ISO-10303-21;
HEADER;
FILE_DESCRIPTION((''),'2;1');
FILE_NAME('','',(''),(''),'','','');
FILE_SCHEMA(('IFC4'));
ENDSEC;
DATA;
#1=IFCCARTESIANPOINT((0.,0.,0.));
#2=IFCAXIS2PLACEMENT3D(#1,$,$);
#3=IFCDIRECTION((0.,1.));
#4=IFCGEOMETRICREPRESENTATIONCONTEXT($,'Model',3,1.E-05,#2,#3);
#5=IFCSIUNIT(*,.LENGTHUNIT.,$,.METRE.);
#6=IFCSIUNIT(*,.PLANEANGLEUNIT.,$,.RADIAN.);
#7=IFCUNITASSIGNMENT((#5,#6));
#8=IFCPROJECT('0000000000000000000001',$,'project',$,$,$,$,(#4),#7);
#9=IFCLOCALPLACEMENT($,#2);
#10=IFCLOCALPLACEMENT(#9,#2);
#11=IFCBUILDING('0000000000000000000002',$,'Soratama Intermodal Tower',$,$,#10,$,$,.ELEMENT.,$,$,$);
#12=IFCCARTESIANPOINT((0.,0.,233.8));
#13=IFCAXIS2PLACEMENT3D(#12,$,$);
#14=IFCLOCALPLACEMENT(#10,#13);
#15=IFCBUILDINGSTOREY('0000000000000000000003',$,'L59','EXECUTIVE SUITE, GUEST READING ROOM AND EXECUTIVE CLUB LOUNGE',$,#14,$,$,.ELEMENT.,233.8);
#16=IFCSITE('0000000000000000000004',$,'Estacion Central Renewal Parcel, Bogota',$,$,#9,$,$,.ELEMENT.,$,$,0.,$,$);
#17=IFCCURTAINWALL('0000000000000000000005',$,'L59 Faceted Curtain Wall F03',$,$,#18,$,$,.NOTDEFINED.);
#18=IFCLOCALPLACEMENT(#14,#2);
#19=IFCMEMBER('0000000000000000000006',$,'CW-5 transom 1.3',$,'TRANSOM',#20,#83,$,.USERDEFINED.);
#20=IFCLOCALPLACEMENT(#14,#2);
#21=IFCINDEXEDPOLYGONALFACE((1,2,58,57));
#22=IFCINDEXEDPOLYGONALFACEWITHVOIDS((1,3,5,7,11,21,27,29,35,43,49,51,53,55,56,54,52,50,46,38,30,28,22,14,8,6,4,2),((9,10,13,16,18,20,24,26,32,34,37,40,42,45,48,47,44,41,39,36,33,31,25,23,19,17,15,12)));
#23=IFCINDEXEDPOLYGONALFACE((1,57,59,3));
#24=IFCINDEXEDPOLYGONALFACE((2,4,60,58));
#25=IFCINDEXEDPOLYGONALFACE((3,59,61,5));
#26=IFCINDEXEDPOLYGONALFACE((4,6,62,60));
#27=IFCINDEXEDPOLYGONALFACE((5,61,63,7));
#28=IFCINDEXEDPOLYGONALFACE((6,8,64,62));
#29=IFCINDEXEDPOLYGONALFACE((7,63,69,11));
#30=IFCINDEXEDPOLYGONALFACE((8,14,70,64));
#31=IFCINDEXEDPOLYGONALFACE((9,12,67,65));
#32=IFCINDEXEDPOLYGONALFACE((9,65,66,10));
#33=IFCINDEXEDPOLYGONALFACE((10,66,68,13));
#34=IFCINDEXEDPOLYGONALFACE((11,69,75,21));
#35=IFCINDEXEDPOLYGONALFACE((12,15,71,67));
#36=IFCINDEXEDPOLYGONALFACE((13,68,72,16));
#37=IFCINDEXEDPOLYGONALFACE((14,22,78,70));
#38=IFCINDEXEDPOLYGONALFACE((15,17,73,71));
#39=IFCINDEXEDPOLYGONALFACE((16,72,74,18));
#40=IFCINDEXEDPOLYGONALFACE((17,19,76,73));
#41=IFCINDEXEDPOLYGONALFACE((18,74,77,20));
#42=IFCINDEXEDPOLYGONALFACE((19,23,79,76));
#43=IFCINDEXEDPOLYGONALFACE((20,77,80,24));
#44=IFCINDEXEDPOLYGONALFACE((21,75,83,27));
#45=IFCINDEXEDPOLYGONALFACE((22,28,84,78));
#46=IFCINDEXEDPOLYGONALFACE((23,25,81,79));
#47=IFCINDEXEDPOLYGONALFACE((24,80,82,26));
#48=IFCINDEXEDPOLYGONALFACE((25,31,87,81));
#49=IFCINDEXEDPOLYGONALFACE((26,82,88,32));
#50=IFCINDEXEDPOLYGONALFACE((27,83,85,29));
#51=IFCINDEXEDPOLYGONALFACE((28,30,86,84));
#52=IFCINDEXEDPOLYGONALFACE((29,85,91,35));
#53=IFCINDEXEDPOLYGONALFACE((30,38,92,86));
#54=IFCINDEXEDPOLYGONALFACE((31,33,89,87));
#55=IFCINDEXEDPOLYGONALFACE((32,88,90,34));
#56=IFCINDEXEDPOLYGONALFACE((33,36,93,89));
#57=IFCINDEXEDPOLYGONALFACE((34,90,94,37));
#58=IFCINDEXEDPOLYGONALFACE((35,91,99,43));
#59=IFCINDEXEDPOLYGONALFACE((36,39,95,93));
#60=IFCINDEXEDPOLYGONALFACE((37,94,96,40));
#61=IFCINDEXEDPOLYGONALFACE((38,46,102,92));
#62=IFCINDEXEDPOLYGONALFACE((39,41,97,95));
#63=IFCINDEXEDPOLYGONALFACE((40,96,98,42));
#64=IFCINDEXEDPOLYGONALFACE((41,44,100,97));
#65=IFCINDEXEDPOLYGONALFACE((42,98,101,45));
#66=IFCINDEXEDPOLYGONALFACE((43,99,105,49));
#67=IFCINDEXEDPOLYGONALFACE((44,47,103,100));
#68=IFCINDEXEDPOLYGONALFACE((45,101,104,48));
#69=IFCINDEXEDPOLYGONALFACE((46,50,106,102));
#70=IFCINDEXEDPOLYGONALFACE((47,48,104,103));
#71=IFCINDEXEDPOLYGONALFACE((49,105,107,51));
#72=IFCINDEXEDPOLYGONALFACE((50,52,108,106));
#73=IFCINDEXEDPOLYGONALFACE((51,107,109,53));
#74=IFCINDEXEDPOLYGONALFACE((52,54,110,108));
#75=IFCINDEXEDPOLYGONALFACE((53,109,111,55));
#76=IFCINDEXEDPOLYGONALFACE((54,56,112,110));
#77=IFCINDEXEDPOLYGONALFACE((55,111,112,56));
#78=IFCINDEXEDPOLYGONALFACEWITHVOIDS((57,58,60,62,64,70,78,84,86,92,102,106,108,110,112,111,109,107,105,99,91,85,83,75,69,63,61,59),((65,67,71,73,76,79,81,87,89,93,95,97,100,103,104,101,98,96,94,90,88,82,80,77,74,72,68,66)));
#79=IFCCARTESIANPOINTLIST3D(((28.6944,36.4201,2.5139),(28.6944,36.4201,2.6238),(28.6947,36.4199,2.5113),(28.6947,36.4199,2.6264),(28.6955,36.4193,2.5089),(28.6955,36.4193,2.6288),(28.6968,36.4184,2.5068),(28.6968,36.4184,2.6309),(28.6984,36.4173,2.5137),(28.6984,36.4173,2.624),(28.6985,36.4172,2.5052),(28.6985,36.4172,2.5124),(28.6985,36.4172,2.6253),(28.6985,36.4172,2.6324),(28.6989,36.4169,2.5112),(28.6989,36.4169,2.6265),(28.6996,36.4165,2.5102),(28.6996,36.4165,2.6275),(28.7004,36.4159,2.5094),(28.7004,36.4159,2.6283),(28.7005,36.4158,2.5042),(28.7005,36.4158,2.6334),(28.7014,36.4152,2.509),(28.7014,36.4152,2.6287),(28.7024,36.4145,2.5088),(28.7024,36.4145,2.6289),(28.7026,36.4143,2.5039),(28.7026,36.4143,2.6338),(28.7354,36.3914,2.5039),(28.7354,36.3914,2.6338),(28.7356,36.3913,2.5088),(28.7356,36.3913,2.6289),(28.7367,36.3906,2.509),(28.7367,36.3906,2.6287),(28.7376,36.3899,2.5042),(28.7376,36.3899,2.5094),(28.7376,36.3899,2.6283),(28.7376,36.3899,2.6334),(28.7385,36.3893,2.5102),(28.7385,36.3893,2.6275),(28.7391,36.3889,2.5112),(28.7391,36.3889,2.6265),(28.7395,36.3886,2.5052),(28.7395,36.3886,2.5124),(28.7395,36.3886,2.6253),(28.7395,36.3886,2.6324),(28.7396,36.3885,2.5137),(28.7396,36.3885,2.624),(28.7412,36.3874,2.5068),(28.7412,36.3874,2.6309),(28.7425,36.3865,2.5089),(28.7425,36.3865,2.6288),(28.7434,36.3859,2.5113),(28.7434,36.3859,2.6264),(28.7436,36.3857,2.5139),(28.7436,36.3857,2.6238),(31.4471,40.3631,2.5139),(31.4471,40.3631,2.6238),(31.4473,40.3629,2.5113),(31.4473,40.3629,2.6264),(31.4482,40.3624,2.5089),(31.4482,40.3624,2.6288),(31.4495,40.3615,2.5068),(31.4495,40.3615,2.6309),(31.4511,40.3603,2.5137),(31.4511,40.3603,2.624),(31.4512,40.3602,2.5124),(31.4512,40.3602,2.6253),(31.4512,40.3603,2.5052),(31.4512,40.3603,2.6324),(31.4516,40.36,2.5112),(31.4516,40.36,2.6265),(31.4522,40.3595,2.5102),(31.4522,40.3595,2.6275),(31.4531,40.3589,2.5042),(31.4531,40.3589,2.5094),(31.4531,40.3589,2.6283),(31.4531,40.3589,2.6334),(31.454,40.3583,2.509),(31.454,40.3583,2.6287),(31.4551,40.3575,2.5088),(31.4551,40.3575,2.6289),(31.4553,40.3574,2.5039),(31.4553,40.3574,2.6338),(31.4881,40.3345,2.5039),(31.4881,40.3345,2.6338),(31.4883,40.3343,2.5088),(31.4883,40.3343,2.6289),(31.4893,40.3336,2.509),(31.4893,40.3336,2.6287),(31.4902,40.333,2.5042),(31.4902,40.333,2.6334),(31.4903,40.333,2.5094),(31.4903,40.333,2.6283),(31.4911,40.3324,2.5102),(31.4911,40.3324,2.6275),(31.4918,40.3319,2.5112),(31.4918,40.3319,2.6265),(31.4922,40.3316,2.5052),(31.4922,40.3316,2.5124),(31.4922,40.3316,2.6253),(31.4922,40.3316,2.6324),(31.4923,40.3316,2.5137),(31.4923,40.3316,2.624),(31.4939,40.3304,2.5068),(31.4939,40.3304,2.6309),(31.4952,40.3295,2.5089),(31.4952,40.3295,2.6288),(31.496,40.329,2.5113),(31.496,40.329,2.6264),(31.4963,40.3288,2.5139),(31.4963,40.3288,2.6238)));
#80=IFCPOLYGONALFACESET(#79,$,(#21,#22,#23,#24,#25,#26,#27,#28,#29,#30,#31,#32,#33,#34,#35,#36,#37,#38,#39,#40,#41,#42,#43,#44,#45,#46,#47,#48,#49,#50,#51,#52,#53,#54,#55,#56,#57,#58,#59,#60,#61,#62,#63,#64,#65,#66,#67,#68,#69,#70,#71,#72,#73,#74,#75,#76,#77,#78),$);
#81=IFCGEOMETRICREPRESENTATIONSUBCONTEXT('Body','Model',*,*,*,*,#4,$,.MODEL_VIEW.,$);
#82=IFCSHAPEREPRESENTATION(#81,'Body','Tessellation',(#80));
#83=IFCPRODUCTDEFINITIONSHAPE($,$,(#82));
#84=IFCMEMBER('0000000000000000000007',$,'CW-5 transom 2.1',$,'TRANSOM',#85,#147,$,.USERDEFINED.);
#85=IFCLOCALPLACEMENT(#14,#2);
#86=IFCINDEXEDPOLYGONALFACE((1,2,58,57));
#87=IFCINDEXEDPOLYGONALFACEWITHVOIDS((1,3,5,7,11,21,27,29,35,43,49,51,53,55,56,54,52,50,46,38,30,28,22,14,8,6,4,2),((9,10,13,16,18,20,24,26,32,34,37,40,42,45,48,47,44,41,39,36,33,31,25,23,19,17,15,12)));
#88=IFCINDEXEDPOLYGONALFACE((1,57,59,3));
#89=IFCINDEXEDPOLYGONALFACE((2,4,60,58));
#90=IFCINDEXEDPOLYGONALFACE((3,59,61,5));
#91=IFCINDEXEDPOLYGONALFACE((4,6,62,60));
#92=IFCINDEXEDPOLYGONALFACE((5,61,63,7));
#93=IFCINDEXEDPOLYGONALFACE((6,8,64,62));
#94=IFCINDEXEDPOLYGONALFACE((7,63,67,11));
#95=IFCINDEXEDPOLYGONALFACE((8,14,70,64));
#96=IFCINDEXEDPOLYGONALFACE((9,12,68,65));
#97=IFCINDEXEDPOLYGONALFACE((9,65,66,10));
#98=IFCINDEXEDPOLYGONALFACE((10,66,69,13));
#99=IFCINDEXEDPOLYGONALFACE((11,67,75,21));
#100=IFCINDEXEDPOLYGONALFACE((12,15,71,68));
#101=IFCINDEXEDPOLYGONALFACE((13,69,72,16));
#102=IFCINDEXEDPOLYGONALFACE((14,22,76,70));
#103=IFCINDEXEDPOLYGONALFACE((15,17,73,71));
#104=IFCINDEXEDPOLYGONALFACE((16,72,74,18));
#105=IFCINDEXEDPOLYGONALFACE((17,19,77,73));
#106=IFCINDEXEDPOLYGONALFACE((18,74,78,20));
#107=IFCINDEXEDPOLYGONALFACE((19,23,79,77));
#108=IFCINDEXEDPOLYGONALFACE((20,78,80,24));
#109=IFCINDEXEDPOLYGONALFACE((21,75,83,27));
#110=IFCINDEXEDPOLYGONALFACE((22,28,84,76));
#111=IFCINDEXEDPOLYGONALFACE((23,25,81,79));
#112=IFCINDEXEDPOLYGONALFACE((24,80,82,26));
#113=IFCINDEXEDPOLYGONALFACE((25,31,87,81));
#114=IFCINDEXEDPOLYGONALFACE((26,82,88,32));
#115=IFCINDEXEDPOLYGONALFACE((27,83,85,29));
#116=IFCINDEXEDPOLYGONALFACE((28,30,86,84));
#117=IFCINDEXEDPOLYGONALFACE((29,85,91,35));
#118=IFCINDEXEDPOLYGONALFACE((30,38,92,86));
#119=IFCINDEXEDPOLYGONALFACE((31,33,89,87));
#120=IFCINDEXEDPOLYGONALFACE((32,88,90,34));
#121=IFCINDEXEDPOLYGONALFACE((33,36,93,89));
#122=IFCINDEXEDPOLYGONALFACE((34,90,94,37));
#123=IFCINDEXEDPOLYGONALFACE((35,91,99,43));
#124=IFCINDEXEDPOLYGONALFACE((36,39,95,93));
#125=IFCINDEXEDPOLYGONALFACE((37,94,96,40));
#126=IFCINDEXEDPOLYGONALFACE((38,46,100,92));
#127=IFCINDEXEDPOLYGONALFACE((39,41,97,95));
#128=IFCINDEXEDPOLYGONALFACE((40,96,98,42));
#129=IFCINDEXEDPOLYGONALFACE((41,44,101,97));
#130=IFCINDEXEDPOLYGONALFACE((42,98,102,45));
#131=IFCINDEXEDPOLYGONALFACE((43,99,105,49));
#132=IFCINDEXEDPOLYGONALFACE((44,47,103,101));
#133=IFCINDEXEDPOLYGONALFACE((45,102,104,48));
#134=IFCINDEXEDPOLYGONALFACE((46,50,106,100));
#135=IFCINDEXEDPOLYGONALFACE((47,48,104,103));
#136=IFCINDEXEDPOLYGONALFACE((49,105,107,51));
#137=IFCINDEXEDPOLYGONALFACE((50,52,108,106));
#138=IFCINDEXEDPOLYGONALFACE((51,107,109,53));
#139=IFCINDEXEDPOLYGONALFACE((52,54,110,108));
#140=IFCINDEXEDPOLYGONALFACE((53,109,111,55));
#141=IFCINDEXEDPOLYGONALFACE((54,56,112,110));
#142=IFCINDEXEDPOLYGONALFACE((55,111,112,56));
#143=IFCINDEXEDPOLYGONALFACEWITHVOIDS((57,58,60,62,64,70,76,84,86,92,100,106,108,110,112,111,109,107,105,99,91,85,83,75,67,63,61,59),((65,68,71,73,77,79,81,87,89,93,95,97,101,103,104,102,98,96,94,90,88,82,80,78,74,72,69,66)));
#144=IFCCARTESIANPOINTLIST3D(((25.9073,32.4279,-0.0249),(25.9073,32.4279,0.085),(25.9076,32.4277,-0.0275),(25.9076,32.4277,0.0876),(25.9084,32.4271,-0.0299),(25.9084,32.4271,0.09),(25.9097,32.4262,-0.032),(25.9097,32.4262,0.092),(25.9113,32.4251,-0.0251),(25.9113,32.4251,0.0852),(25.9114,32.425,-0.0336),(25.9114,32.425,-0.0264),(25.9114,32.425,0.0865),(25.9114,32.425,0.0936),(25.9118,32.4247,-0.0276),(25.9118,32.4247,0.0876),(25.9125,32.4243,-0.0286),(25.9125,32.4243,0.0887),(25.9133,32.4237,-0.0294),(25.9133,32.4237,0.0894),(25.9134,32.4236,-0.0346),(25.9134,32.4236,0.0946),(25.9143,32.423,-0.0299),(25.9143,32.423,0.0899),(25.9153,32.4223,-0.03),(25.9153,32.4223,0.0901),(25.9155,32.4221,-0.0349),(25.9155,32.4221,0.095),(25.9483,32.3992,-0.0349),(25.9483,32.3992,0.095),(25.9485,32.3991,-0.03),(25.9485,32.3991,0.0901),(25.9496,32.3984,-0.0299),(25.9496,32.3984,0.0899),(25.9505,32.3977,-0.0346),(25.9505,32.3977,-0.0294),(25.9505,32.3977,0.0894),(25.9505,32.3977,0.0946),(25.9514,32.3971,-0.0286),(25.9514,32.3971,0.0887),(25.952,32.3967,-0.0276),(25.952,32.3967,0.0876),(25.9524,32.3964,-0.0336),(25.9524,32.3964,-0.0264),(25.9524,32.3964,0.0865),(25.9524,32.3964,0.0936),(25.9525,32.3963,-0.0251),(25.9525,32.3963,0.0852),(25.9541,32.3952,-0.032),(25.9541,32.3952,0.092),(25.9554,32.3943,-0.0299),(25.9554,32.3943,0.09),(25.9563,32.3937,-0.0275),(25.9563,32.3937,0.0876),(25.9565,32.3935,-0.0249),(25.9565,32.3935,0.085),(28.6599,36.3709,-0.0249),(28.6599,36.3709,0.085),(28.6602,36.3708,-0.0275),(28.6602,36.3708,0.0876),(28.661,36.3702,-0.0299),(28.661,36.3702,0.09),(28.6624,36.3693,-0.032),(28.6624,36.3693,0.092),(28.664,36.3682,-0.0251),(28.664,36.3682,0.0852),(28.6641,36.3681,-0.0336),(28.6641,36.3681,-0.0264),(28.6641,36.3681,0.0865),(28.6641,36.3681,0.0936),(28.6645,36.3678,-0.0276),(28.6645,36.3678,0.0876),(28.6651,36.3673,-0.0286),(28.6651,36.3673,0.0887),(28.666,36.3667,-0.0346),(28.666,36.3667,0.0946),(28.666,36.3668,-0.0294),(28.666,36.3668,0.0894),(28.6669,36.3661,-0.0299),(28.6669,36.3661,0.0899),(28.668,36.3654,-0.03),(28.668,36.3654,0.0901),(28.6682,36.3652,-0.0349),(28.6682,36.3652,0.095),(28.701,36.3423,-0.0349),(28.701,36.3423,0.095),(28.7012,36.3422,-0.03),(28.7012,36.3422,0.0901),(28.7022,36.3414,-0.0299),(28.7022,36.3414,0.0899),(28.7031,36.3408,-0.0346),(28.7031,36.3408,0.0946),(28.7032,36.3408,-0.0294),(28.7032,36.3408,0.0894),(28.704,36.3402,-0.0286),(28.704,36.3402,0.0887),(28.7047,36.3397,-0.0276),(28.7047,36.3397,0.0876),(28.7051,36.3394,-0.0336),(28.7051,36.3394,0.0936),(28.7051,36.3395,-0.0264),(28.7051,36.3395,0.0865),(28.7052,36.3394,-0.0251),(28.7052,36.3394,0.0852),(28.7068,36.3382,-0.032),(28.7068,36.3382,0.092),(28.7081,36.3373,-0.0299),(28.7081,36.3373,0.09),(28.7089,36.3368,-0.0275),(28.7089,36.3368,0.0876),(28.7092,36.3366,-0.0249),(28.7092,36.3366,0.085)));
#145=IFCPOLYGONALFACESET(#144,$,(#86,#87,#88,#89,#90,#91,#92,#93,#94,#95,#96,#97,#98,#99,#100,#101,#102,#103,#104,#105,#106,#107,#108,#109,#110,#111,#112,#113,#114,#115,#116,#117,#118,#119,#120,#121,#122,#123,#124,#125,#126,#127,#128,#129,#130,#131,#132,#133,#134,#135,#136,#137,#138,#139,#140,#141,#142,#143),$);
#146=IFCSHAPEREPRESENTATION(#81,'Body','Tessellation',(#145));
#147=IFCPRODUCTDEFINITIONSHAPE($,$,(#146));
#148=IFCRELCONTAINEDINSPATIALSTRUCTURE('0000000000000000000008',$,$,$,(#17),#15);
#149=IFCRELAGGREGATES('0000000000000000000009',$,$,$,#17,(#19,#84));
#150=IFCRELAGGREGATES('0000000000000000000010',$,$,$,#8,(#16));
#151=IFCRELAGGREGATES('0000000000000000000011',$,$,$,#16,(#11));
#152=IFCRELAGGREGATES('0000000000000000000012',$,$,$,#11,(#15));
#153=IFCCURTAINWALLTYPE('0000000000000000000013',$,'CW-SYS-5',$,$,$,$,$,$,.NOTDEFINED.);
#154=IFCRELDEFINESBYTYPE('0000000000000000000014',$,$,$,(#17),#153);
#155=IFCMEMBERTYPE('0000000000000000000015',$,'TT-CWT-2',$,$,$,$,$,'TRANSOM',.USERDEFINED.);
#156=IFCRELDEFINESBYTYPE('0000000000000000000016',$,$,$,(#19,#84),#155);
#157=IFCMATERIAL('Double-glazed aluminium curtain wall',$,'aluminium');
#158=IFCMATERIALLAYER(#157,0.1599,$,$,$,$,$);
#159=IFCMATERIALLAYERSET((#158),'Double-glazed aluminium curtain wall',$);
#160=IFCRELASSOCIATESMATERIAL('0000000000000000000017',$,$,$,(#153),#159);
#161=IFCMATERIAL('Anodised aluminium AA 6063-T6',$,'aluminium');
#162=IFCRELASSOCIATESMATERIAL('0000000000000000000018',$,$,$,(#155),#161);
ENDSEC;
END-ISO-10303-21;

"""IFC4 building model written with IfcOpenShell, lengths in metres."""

from ifc_helpers import new_model, si_unit, direction, frame, origin, origin_2d, place, context, subcontext, project, spatial, hollow_rectangle, extrude, material, layer, layer_set, material_profile, profile_set, type_object, element, aggregate, save


model = new_model("IFC4")

# Units and contexts
model_context = context("Model", 3, precision=1e-05, world=origin(), true_north=direction((0.0, 1.0)))
body_context = subcontext(model_context, "Body", "Model", "MODEL_VIEW")
ifc_project = project(units=[si_unit("LENGTHUNIT", "METRE"), si_unit("PLANEANGLEUNIT", "RADIAN")], contexts=[model_context])

# Site, building, storey
site_placement = place(None, origin())
site = spatial("IfcSite", under=ifc_project, at=site_placement, Name="Estacion Central Renewal Parcel, Bogota", CompositionType="ELEMENT", RefElevation=0.0)
building_placement = place(site_placement, origin())
building = spatial("IfcBuilding", under=site, at=building_placement, Name="Soratama Intermodal Tower", CompositionType="ELEMENT")
storey_placement = place(building_placement, frame((0.0, 0.0, 233.8)))
storey = spatial("IfcBuildingStorey", under=building, at=storey_placement, Name="L59", Description="EXECUTIVE SUITE, GUEST READING ROOM AND EXECUTIVE CLUB LOUNGE", CompositionType="ELEMENT", Elevation=233.8)

# Curtain wall, members
ifc_material_1 = material(Name="Double-glazed aluminium curtain wall", Category="aluminium")
ifc_layer_1 = layer(ifc_material_1, 0.1599)
ifc_layer_set_1 = layer_set([ifc_layer_1], Name="Double-glazed aluminium curtain wall")
curtain_wall_type = type_object("IfcCurtainWallType", Name="CW-SYS-5", PredefinedType="NOTDEFINED", material=ifc_layer_set_1)
curtain_wall_placement = place(storey_placement, origin())
curtain_wall = element("IfcCurtainWall", 1, at=curtain_wall_placement, inside=storey, type_object=curtain_wall_type, Name="L59 Faceted Curtain Wall F03", PredefinedType="NOTDEFINED")
ifc_material_2 = material(Name="Anodised aluminium AA 6063-T6", Category="aluminium")
ifc_material_profile_1 = material_profile(ifc_material_2, hollow_rectangle(XDim=0.0601, YDim=0.1299, WallThickness=0.0049, InnerFilletRadius=0.0049, OuterFilletRadius=0.01, at=origin_2d()), Name="CWT130X60X5")
ifc_profile_set_1 = profile_set([ifc_material_profile_1], Name="Anodised aluminium AA 6063-T6")
member_type_1 = type_object("IfcMemberType", Name="TT-CWT-2", ElementType="TRANSOM", PredefinedType="USERDEFINED", material=ifc_profile_set_1)
member_1_placement = place(storey_placement, frame((31.4717, 40.3459, 2.5688), z_axis=(-0.572416, -0.819963, 0.0), x_axis=(0.819963, -0.572416, 0.0)))
member_1 = element("IfcMember", 2, at=member_1_placement, type_object=member_type_1, Name="CW-5 transom 1.3", ObjectType="TRANSOM", PredefinedType="USERDEFINED", context=body_context, shape_type="SweptSolid", body=[
    extrude(hollow_rectangle(XDim=0.0601, YDim=0.1299, WallThickness=0.0049, InnerFilletRadius=0.0049, OuterFilletRadius=0.01, at=origin_2d()), origin(), (0.0, 0.0, 1.0), 4.8088),
])
member_2_placement = place(storey_placement, frame((28.6846, 36.3538, 0.03), z_axis=(-0.572416, -0.819963, 0.0), x_axis=(0.819963, -0.572416, 0.0)))
member_2 = element("IfcMember", 3, at=member_2_placement, type_object=member_type_1, Name="CW-5 transom 2.1", ObjectType="TRANSOM", PredefinedType="USERDEFINED", context=body_context, shape_type="SweptSolid", body=[
    extrude(hollow_rectangle(XDim=0.0601, YDim=0.1299, WallThickness=0.0049, InnerFilletRadius=0.0049, OuterFilletRadius=0.01, at=origin_2d()), origin(), (0.0, 0.0, 1.0), 4.8088),
])
aggregate(curtain_wall, [member_1, member_2])

save(model, "model.ifc")
